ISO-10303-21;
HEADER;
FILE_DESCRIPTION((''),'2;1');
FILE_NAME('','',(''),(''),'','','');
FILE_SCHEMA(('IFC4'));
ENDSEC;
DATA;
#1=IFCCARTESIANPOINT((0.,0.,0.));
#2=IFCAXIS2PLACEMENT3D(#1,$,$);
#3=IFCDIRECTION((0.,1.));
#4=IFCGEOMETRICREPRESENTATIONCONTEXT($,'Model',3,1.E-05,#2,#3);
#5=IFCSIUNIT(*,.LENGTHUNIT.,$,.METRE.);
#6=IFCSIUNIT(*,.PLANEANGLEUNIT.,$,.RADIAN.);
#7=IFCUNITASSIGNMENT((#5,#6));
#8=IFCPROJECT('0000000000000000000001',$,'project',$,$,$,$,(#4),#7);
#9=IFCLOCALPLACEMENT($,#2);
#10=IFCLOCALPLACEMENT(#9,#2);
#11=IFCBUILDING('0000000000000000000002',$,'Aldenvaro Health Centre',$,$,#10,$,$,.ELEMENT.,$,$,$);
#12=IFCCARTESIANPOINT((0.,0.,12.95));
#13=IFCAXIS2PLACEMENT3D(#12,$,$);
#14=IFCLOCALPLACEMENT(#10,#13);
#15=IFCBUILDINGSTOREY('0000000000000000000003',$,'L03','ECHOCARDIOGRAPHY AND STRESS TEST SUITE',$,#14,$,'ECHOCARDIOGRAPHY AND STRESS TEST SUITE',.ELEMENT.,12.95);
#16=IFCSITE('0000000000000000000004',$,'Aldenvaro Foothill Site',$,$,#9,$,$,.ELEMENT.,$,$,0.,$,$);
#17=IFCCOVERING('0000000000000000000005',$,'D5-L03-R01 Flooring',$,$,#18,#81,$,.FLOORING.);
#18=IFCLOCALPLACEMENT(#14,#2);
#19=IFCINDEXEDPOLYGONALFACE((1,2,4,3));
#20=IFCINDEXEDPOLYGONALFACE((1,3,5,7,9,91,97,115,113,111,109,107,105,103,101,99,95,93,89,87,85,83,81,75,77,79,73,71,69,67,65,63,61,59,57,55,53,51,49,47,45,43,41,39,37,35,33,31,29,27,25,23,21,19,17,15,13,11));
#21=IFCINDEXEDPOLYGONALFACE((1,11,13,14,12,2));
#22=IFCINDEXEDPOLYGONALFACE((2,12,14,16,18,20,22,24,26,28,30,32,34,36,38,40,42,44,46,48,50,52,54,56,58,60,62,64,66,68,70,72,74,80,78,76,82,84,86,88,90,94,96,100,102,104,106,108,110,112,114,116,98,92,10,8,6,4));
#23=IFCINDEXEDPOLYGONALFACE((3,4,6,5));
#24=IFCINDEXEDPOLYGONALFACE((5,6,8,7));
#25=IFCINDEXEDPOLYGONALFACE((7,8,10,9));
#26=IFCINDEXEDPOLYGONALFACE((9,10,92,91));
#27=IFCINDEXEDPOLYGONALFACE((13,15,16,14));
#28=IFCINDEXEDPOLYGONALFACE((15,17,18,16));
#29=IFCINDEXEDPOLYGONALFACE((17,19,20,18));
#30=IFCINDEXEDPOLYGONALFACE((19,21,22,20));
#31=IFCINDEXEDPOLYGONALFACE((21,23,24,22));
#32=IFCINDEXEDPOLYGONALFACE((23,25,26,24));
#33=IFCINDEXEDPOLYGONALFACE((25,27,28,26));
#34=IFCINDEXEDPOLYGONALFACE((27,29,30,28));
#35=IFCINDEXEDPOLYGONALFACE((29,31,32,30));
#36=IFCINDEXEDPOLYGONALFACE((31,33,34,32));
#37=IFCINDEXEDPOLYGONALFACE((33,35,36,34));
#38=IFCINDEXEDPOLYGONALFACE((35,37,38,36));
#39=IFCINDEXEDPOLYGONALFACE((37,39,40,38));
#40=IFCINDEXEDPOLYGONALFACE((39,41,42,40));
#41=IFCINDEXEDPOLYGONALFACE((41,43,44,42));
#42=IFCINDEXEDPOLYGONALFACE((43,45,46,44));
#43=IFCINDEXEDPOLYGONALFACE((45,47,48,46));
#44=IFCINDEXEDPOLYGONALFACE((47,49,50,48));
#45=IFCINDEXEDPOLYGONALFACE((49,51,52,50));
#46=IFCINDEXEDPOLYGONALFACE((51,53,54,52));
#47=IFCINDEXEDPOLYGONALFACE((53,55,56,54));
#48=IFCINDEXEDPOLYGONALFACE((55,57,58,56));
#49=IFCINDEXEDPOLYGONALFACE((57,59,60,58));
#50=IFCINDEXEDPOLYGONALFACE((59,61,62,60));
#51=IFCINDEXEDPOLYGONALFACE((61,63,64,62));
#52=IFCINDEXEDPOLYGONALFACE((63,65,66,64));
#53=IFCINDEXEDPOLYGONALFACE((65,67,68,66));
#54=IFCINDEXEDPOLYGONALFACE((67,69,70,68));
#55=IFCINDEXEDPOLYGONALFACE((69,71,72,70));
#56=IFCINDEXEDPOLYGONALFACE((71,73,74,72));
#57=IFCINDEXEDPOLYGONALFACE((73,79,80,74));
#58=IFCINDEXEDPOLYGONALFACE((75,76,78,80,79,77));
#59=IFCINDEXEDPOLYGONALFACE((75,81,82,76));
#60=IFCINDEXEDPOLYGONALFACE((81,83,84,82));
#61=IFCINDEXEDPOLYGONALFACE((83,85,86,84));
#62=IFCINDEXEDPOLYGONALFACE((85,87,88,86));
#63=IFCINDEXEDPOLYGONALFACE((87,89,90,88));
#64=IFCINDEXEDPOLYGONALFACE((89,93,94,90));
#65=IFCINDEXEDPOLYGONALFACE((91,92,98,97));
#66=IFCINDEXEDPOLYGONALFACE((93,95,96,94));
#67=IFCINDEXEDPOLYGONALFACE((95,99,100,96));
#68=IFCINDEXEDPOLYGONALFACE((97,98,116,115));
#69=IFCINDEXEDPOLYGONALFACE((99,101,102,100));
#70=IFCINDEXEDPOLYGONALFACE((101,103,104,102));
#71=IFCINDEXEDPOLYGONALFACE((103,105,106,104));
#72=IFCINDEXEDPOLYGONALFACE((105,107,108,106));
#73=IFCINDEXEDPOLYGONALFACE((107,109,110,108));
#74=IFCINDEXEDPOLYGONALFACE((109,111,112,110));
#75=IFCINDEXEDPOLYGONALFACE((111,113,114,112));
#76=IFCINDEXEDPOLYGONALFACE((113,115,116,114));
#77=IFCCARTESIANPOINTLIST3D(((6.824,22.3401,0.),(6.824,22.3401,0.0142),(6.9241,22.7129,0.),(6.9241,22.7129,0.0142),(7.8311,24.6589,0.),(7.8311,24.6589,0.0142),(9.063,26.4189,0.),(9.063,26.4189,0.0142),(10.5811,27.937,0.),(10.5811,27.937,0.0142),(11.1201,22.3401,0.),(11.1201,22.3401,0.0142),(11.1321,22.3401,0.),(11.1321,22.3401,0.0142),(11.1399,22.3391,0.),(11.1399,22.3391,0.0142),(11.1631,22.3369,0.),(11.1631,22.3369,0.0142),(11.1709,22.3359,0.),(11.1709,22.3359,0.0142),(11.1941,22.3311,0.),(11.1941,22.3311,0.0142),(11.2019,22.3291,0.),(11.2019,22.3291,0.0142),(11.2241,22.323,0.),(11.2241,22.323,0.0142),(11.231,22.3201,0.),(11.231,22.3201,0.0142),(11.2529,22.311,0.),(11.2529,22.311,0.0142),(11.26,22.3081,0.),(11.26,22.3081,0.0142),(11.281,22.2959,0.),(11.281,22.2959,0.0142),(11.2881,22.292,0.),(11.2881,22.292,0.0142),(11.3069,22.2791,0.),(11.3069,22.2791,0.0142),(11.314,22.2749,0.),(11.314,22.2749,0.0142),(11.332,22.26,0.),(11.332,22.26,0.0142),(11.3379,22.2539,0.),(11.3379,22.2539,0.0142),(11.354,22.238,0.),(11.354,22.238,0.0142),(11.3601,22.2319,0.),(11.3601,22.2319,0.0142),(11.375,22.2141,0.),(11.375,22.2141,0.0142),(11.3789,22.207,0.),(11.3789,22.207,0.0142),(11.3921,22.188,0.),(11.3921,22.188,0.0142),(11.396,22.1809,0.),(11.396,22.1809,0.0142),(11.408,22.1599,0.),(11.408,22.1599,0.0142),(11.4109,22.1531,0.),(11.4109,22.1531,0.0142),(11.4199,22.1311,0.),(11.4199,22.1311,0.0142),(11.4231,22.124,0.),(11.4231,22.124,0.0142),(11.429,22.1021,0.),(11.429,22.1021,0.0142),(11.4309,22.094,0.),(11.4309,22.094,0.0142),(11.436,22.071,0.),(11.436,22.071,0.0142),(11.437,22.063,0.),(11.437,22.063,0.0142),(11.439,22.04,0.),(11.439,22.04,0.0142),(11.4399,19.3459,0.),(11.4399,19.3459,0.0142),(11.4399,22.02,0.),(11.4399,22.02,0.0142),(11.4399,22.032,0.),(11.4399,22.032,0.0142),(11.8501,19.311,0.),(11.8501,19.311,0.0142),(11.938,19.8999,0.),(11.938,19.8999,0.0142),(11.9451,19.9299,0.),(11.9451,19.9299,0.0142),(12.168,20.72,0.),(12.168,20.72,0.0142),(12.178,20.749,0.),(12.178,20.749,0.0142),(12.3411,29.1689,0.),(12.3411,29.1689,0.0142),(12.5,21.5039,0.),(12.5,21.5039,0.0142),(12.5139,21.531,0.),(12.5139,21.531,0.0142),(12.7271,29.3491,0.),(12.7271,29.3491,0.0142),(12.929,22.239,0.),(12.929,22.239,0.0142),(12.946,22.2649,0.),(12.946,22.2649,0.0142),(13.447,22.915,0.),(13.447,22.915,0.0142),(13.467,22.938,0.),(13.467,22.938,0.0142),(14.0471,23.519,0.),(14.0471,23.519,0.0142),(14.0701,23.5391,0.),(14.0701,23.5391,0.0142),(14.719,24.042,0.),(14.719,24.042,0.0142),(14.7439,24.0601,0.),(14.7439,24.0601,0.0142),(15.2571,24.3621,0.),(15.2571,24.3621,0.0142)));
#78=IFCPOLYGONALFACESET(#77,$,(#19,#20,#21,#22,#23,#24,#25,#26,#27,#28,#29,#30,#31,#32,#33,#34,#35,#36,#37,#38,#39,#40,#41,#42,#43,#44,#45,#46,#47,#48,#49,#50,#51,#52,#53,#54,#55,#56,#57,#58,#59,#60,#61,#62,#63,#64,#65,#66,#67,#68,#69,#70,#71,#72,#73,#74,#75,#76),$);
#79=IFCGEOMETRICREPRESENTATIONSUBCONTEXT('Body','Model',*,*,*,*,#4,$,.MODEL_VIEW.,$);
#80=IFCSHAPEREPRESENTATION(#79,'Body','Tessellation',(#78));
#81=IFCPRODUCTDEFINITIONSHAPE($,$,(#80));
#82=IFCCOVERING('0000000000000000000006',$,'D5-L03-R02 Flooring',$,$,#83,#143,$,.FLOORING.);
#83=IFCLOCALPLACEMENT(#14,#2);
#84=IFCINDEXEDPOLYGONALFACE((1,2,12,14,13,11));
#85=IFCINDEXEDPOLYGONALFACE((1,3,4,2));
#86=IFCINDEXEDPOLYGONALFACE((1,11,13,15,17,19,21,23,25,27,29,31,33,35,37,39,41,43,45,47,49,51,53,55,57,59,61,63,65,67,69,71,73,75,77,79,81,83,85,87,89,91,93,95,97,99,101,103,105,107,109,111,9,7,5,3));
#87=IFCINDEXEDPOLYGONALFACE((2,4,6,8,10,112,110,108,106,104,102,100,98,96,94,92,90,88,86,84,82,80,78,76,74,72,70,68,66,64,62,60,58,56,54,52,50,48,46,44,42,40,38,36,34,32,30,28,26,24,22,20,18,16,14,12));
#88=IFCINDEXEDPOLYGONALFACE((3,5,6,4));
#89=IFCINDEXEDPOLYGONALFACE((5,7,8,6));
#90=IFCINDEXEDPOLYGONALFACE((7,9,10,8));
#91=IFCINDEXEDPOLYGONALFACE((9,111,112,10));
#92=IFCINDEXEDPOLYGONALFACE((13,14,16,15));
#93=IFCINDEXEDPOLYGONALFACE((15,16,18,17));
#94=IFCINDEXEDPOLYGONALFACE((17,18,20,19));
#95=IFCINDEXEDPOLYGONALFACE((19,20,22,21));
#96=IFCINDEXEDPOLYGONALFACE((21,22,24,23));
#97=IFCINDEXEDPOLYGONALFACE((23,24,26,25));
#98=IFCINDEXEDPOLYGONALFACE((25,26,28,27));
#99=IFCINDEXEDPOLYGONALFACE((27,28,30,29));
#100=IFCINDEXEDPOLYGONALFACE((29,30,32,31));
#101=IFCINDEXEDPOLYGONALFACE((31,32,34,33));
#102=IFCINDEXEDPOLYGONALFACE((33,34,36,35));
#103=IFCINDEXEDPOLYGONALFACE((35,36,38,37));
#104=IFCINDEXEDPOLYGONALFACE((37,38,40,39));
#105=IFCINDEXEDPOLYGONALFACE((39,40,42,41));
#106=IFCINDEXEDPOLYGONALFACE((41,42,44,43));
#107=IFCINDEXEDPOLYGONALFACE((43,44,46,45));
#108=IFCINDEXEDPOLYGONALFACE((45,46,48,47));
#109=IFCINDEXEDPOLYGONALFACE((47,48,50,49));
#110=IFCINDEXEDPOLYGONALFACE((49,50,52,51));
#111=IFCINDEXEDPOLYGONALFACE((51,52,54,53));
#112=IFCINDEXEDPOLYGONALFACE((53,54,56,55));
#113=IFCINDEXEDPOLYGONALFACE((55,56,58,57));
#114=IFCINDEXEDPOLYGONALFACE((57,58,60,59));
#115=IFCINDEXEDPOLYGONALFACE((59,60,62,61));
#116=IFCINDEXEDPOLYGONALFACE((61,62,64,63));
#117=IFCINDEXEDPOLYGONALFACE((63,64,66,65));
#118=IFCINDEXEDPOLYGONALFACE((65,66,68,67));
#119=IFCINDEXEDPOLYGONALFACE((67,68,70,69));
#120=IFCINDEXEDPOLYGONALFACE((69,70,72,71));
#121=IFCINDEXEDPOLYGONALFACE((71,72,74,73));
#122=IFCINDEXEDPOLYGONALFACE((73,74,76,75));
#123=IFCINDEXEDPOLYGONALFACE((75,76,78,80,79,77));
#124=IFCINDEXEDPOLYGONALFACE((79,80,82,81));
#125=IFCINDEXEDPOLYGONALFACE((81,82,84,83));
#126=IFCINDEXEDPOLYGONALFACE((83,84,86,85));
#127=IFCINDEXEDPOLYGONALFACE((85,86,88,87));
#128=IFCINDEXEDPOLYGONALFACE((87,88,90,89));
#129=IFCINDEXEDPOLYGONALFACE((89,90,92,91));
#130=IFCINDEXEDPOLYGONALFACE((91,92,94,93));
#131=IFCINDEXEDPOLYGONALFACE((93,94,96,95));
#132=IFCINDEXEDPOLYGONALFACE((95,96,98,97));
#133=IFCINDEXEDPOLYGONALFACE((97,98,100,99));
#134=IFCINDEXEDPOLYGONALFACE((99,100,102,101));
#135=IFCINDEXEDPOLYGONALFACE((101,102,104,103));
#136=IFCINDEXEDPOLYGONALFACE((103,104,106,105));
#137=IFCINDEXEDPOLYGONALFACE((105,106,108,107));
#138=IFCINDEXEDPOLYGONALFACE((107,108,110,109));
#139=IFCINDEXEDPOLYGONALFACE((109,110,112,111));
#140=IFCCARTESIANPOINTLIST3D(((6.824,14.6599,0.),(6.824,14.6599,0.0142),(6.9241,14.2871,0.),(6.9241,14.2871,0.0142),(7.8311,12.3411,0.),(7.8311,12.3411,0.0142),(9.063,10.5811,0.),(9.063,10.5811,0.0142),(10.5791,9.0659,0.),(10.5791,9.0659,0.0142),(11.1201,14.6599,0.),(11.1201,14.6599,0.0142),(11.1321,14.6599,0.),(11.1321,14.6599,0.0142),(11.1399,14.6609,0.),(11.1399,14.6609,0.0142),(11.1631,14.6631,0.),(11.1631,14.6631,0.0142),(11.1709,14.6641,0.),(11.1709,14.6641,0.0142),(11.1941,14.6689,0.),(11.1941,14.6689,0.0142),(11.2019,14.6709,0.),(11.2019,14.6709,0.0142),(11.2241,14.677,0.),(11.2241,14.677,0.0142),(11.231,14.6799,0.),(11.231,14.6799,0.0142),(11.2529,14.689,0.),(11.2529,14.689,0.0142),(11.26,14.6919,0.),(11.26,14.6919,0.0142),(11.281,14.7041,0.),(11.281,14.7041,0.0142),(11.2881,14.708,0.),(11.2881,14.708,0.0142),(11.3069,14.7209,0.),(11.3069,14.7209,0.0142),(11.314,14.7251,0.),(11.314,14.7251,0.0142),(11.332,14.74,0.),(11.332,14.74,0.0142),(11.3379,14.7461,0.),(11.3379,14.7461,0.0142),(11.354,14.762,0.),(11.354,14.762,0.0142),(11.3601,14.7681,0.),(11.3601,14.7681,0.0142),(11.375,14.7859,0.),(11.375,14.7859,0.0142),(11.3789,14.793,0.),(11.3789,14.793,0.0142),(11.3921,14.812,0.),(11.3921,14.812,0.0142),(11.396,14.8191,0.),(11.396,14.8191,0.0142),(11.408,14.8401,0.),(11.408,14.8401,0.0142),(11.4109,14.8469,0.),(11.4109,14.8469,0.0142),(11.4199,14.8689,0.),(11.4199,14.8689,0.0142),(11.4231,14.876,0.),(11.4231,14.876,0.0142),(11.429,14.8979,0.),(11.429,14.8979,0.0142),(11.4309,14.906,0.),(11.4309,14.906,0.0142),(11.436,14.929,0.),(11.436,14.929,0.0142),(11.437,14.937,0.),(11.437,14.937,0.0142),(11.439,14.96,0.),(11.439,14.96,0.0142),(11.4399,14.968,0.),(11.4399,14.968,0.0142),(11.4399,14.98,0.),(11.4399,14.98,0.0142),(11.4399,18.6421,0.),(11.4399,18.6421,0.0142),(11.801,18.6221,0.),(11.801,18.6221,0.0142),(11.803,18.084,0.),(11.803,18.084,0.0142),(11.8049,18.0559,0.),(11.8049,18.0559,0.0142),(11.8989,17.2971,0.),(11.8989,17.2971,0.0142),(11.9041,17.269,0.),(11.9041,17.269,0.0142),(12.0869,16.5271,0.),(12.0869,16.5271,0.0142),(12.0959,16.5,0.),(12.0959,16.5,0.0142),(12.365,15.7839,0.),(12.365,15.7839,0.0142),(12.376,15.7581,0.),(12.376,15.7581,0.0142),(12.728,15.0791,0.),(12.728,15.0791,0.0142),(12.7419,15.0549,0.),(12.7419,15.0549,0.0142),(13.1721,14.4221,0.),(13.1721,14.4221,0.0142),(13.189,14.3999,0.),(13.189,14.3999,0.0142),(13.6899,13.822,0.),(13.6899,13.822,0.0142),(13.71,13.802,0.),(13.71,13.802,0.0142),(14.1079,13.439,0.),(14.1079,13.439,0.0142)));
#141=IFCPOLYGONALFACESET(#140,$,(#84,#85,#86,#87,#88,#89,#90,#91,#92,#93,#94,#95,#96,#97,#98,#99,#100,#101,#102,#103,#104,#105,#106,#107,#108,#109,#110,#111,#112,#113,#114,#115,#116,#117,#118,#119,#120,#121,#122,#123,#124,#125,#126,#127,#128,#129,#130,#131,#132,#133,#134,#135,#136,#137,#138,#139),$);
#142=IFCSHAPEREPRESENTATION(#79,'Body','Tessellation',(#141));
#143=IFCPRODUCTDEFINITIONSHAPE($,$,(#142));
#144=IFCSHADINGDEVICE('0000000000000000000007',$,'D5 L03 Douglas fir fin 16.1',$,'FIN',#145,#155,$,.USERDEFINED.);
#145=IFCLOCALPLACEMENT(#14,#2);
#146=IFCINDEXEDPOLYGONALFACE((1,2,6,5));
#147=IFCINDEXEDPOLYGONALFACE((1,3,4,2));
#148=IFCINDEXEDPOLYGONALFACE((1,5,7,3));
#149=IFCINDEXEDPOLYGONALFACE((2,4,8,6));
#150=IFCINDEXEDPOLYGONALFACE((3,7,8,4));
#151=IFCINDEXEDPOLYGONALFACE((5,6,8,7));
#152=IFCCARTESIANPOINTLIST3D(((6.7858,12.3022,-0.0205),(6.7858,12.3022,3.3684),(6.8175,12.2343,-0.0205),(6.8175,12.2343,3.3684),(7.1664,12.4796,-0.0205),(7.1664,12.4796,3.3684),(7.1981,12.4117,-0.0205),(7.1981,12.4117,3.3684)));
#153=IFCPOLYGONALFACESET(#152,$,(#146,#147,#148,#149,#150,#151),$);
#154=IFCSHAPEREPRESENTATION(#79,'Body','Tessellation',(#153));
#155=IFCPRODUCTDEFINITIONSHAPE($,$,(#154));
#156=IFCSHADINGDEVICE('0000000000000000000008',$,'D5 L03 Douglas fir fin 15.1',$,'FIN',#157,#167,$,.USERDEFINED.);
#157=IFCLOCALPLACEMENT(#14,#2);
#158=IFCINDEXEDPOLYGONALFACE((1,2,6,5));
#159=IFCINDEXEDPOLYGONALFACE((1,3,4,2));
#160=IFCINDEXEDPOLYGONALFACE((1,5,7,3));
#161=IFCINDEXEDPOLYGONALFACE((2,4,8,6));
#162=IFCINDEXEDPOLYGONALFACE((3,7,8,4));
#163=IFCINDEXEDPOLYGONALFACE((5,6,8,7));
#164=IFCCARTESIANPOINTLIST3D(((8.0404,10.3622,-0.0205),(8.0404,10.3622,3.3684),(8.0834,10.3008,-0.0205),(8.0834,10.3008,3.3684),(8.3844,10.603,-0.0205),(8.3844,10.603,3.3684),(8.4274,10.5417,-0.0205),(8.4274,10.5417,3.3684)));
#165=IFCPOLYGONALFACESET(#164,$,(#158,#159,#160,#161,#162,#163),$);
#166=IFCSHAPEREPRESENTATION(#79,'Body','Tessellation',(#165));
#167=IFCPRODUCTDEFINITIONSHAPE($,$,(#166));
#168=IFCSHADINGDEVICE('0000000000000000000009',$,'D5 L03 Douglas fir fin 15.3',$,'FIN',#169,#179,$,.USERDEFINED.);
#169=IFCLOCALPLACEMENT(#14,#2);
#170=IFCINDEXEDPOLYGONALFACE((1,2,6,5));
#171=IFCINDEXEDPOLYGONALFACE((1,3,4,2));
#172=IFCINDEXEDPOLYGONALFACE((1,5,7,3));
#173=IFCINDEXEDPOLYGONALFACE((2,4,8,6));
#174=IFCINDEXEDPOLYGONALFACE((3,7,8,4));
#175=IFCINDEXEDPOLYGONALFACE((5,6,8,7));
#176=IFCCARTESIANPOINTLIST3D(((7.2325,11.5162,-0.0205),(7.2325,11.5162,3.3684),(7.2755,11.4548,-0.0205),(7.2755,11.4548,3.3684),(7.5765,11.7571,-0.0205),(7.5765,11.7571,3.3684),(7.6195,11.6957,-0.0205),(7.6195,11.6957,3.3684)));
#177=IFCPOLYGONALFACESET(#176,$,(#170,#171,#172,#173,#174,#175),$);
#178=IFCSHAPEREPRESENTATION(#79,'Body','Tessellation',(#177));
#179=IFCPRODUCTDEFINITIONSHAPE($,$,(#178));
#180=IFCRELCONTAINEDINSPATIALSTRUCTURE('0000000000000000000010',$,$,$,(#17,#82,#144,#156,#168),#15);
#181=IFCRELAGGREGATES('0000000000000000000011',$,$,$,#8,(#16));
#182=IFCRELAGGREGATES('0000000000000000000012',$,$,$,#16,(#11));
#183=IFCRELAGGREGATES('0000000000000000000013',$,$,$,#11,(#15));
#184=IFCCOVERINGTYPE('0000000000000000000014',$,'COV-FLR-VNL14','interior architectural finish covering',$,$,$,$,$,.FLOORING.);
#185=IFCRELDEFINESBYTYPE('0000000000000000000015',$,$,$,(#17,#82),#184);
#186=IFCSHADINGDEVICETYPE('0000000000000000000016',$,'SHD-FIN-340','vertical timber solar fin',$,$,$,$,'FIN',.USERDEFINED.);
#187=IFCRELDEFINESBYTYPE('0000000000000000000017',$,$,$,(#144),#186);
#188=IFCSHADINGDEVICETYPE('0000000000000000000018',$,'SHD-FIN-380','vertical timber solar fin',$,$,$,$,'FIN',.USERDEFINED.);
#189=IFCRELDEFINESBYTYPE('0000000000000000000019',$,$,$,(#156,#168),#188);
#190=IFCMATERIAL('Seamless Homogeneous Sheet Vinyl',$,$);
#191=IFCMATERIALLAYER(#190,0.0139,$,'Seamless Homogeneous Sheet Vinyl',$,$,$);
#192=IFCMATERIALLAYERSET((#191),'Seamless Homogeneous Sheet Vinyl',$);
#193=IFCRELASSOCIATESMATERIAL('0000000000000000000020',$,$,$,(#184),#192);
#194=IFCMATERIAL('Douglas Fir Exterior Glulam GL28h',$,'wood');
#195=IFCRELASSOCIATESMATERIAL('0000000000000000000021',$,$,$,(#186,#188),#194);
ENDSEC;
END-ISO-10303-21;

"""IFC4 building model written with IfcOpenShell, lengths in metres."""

from ifc_helpers import new_model, si_unit, direction, frame, origin, origin_2d, place, context, subcontext, project, spatial, polyline, rectangle, outline, extrude, material, layer, layer_set, type_object, element, save


model = new_model("IFC4")

# Units and contexts
model_context = context("Model", 3, precision=1e-05, world=origin(), true_north=direction((0.0, 1.0)))
body_context = subcontext(model_context, "Body", "Model", "MODEL_VIEW")
ifc_project = project(units=[si_unit("LENGTHUNIT", "METRE"), si_unit("PLANEANGLEUNIT", "RADIAN")], contexts=[model_context])

# Site, building, storey
site_placement = place(None, origin())
site = spatial("IfcSite", under=ifc_project, at=site_placement, Name="Aldenvaro Foothill Site", CompositionType="ELEMENT", RefElevation=0.0)
building_placement = place(site_placement, origin())
building = spatial("IfcBuilding", under=site, at=building_placement, Name="Aldenvaro Health Centre", CompositionType="ELEMENT")
storey_placement = place(building_placement, frame((0.0, 0.0, 12.95)))
storey = spatial("IfcBuildingStorey", under=building, at=storey_placement, Name="L03", Description="ECHOCARDIOGRAPHY AND STRESS TEST SUITE", LongName="ECHOCARDIOGRAPHY AND STRESS TEST SUITE", CompositionType="ELEMENT", Elevation=12.95)

# Coverings
ifc_material_1 = material(Name="Seamless Homogeneous Sheet Vinyl")
ifc_layer_1 = layer(ifc_material_1, 0.0139, Name="Seamless Homogeneous Sheet Vinyl")
ifc_layer_set_1 = layer_set([ifc_layer_1], Name="Seamless Homogeneous Sheet Vinyl")
covering_type_1 = type_object("IfcCoveringType", Name="COV-FLR-VNL14", Description="interior architectural finish covering", PredefinedType="FLOORING", material=ifc_layer_set_1)
covering_1_placement = place(storey_placement, origin())
element("IfcCovering", 1, at=covering_1_placement, inside=storey, type_object=covering_type_1, Name="D5-L03-R01 Flooring", PredefinedType="FLOORING", context=body_context, shape_type="SweptSolid", body=[
    extrude(outline(polyline([(14.7439, 24.0601), (14.719, 24.042), (14.0701, 23.5391), (14.0471, 23.519), (13.467, 22.938), (13.447, 22.915), (12.946, 22.2649), (12.929, 22.239), (12.5139, 21.531), (12.5, 21.5039), (12.178, 20.749), (12.168, 20.72), (11.9451, 19.9299), (11.938, 19.8999), (11.8501, 19.311), (11.4399, 19.3459), (11.4399, 22.02), (11.4399, 22.032), (11.439, 22.04), (11.437, 22.063), (11.436, 22.071), (11.4309, 22.094), (11.429, 22.1021), (11.4231, 22.124), (11.4199, 22.1311), (11.4109, 22.1531), (11.408, 22.1599), (11.396, 22.1809), (11.3921, 22.188), (11.3789, 22.207), (11.375, 22.2141), (11.3601, 22.2319), (11.354, 22.238), (11.3379, 22.2539), (11.332, 22.26), (11.314, 22.2749), (11.3069, 22.2791), (11.2881, 22.292), (11.281, 22.2959), (11.26, 22.3081), (11.2529, 22.311), (11.231, 22.3201), (11.2241, 22.323), (11.2019, 22.3291), (11.1941, 22.3311), (11.1709, 22.3359), (11.1631, 22.3369), (11.1399, 22.3391), (11.1321, 22.3401), (11.1201, 22.3401), (6.824, 22.3401), (6.9241, 22.7129), (7.8311, 24.6589), (9.063, 26.4189), (10.5811, 27.937), (12.3411, 29.1689), (12.7271, 29.3491), (15.2571, 24.3621), (14.7439, 24.0601)])), origin(), (0.0, 0.0, 1.0), 0.0142),
])
covering_2_placement = place(storey_placement, origin())
element("IfcCovering", 2, at=covering_2_placement, inside=storey, type_object=covering_type_1, Name="D5-L03-R02 Flooring", PredefinedType="FLOORING", context=body_context, shape_type="SweptSolid", body=[
    extrude(outline(polyline([(10.5791, 9.0659), (9.063, 10.5811), (7.8311, 12.3411), (6.9241, 14.2871), (6.824, 14.6599), (11.1201, 14.6599), (11.1321, 14.6599), (11.1399, 14.6609), (11.1631, 14.6631), (11.1709, 14.6641), (11.1941, 14.6689), (11.2019, 14.6709), (11.2241, 14.677), (11.231, 14.6799), (11.2529, 14.689), (11.26, 14.6919), (11.281, 14.7041), (11.2881, 14.708), (11.3069, 14.7209), (11.314, 14.7251), (11.332, 14.74), (11.3379, 14.7461), (11.354, 14.762), (11.3601, 14.7681), (11.375, 14.7859), (11.3789, 14.793), (11.3921, 14.812), (11.396, 14.8191), (11.408, 14.8401), (11.4109, 14.8469), (11.4199, 14.8689), (11.4231, 14.876), (11.429, 14.8979), (11.4309, 14.906), (11.436, 14.929), (11.437, 14.937), (11.439, 14.96), (11.4399, 14.968), (11.4399, 14.98), (11.4399, 18.6421), (11.801, 18.6221), (11.803, 18.084), (11.8049, 18.0559), (11.8989, 17.2971), (11.9041, 17.269), (12.0869, 16.5271), (12.0959, 16.5), (12.365, 15.7839), (12.376, 15.7581), (12.728, 15.0791), (12.7419, 15.0549), (13.1721, 14.4221), (13.189, 14.3999), (13.6899, 13.822), (13.71, 13.802), (14.1079, 13.439), (10.5791, 9.0659)])), origin(), (0.0, 0.0, 1.0), 0.0142),
])

# Shading devices
ifc_material_2 = material(Name="Douglas Fir Exterior Glulam GL28h", Category="wood")
shading_device_type_1 = type_object("IfcShadingDeviceType", Name="SHD-FIN-340", Description="vertical timber solar fin", ElementType="FIN", PredefinedType="USERDEFINED", material=ifc_material_2)
shading_device_1_placement = place(storey_placement, frame((6.9919, 12.3569, -0.0205), z_axis=(0.0, 0.0, 1.0), x_axis=(-0.422496, 0.906365, 0.0)))
element("IfcShadingDevice", 3, at=shading_device_1_placement, inside=storey, type_object=shading_device_type_1, Name="D5 L03 Douglas fir fin 16.1", ObjectType="FIN", PredefinedType="USERDEFINED", context=body_context, shape_type="SweptSolid", body=[
    extrude(rectangle(XDim=0.075, YDim=0.4199, at=origin_2d()), origin(), (0.0, 0.0, 1.0), 3.3889),
])
shading_device_type_2 = type_object("IfcShadingDeviceType", Name="SHD-FIN-380", Description="vertical timber solar fin", ElementType="FIN", PredefinedType="USERDEFINED", material=ifc_material_2)
for number, where, z_axis, x_axis, name in (
    (4, (8.2339, 10.4519, -0.0205), (0.0, 0.0, 1.0), (-0.573641, 0.819107, 0.0), "D5 L03 Douglas fir fin 15.1"),
    (5, (7.426, 11.606, -0.0205), (0.0, 0.0, 1.0), (-0.573641, 0.819107, 0.0), "D5 L03 Douglas fir fin 15.3"),
):
    element("IfcShadingDevice", number, at=place(storey_placement, frame(where, z_axis=z_axis, x_axis=x_axis)), inside=storey, type_object=shading_device_type_2, Name=name, ObjectType="FIN", PredefinedType="USERDEFINED", context=body_context, shape_type="SweptSolid", body=[
        extrude(rectangle(XDim=0.075, YDim=0.4199, at=origin_2d()), origin(), (0.0, 0.0, 1.0), 3.3889),
    ])

save(model, "model.ifc")
